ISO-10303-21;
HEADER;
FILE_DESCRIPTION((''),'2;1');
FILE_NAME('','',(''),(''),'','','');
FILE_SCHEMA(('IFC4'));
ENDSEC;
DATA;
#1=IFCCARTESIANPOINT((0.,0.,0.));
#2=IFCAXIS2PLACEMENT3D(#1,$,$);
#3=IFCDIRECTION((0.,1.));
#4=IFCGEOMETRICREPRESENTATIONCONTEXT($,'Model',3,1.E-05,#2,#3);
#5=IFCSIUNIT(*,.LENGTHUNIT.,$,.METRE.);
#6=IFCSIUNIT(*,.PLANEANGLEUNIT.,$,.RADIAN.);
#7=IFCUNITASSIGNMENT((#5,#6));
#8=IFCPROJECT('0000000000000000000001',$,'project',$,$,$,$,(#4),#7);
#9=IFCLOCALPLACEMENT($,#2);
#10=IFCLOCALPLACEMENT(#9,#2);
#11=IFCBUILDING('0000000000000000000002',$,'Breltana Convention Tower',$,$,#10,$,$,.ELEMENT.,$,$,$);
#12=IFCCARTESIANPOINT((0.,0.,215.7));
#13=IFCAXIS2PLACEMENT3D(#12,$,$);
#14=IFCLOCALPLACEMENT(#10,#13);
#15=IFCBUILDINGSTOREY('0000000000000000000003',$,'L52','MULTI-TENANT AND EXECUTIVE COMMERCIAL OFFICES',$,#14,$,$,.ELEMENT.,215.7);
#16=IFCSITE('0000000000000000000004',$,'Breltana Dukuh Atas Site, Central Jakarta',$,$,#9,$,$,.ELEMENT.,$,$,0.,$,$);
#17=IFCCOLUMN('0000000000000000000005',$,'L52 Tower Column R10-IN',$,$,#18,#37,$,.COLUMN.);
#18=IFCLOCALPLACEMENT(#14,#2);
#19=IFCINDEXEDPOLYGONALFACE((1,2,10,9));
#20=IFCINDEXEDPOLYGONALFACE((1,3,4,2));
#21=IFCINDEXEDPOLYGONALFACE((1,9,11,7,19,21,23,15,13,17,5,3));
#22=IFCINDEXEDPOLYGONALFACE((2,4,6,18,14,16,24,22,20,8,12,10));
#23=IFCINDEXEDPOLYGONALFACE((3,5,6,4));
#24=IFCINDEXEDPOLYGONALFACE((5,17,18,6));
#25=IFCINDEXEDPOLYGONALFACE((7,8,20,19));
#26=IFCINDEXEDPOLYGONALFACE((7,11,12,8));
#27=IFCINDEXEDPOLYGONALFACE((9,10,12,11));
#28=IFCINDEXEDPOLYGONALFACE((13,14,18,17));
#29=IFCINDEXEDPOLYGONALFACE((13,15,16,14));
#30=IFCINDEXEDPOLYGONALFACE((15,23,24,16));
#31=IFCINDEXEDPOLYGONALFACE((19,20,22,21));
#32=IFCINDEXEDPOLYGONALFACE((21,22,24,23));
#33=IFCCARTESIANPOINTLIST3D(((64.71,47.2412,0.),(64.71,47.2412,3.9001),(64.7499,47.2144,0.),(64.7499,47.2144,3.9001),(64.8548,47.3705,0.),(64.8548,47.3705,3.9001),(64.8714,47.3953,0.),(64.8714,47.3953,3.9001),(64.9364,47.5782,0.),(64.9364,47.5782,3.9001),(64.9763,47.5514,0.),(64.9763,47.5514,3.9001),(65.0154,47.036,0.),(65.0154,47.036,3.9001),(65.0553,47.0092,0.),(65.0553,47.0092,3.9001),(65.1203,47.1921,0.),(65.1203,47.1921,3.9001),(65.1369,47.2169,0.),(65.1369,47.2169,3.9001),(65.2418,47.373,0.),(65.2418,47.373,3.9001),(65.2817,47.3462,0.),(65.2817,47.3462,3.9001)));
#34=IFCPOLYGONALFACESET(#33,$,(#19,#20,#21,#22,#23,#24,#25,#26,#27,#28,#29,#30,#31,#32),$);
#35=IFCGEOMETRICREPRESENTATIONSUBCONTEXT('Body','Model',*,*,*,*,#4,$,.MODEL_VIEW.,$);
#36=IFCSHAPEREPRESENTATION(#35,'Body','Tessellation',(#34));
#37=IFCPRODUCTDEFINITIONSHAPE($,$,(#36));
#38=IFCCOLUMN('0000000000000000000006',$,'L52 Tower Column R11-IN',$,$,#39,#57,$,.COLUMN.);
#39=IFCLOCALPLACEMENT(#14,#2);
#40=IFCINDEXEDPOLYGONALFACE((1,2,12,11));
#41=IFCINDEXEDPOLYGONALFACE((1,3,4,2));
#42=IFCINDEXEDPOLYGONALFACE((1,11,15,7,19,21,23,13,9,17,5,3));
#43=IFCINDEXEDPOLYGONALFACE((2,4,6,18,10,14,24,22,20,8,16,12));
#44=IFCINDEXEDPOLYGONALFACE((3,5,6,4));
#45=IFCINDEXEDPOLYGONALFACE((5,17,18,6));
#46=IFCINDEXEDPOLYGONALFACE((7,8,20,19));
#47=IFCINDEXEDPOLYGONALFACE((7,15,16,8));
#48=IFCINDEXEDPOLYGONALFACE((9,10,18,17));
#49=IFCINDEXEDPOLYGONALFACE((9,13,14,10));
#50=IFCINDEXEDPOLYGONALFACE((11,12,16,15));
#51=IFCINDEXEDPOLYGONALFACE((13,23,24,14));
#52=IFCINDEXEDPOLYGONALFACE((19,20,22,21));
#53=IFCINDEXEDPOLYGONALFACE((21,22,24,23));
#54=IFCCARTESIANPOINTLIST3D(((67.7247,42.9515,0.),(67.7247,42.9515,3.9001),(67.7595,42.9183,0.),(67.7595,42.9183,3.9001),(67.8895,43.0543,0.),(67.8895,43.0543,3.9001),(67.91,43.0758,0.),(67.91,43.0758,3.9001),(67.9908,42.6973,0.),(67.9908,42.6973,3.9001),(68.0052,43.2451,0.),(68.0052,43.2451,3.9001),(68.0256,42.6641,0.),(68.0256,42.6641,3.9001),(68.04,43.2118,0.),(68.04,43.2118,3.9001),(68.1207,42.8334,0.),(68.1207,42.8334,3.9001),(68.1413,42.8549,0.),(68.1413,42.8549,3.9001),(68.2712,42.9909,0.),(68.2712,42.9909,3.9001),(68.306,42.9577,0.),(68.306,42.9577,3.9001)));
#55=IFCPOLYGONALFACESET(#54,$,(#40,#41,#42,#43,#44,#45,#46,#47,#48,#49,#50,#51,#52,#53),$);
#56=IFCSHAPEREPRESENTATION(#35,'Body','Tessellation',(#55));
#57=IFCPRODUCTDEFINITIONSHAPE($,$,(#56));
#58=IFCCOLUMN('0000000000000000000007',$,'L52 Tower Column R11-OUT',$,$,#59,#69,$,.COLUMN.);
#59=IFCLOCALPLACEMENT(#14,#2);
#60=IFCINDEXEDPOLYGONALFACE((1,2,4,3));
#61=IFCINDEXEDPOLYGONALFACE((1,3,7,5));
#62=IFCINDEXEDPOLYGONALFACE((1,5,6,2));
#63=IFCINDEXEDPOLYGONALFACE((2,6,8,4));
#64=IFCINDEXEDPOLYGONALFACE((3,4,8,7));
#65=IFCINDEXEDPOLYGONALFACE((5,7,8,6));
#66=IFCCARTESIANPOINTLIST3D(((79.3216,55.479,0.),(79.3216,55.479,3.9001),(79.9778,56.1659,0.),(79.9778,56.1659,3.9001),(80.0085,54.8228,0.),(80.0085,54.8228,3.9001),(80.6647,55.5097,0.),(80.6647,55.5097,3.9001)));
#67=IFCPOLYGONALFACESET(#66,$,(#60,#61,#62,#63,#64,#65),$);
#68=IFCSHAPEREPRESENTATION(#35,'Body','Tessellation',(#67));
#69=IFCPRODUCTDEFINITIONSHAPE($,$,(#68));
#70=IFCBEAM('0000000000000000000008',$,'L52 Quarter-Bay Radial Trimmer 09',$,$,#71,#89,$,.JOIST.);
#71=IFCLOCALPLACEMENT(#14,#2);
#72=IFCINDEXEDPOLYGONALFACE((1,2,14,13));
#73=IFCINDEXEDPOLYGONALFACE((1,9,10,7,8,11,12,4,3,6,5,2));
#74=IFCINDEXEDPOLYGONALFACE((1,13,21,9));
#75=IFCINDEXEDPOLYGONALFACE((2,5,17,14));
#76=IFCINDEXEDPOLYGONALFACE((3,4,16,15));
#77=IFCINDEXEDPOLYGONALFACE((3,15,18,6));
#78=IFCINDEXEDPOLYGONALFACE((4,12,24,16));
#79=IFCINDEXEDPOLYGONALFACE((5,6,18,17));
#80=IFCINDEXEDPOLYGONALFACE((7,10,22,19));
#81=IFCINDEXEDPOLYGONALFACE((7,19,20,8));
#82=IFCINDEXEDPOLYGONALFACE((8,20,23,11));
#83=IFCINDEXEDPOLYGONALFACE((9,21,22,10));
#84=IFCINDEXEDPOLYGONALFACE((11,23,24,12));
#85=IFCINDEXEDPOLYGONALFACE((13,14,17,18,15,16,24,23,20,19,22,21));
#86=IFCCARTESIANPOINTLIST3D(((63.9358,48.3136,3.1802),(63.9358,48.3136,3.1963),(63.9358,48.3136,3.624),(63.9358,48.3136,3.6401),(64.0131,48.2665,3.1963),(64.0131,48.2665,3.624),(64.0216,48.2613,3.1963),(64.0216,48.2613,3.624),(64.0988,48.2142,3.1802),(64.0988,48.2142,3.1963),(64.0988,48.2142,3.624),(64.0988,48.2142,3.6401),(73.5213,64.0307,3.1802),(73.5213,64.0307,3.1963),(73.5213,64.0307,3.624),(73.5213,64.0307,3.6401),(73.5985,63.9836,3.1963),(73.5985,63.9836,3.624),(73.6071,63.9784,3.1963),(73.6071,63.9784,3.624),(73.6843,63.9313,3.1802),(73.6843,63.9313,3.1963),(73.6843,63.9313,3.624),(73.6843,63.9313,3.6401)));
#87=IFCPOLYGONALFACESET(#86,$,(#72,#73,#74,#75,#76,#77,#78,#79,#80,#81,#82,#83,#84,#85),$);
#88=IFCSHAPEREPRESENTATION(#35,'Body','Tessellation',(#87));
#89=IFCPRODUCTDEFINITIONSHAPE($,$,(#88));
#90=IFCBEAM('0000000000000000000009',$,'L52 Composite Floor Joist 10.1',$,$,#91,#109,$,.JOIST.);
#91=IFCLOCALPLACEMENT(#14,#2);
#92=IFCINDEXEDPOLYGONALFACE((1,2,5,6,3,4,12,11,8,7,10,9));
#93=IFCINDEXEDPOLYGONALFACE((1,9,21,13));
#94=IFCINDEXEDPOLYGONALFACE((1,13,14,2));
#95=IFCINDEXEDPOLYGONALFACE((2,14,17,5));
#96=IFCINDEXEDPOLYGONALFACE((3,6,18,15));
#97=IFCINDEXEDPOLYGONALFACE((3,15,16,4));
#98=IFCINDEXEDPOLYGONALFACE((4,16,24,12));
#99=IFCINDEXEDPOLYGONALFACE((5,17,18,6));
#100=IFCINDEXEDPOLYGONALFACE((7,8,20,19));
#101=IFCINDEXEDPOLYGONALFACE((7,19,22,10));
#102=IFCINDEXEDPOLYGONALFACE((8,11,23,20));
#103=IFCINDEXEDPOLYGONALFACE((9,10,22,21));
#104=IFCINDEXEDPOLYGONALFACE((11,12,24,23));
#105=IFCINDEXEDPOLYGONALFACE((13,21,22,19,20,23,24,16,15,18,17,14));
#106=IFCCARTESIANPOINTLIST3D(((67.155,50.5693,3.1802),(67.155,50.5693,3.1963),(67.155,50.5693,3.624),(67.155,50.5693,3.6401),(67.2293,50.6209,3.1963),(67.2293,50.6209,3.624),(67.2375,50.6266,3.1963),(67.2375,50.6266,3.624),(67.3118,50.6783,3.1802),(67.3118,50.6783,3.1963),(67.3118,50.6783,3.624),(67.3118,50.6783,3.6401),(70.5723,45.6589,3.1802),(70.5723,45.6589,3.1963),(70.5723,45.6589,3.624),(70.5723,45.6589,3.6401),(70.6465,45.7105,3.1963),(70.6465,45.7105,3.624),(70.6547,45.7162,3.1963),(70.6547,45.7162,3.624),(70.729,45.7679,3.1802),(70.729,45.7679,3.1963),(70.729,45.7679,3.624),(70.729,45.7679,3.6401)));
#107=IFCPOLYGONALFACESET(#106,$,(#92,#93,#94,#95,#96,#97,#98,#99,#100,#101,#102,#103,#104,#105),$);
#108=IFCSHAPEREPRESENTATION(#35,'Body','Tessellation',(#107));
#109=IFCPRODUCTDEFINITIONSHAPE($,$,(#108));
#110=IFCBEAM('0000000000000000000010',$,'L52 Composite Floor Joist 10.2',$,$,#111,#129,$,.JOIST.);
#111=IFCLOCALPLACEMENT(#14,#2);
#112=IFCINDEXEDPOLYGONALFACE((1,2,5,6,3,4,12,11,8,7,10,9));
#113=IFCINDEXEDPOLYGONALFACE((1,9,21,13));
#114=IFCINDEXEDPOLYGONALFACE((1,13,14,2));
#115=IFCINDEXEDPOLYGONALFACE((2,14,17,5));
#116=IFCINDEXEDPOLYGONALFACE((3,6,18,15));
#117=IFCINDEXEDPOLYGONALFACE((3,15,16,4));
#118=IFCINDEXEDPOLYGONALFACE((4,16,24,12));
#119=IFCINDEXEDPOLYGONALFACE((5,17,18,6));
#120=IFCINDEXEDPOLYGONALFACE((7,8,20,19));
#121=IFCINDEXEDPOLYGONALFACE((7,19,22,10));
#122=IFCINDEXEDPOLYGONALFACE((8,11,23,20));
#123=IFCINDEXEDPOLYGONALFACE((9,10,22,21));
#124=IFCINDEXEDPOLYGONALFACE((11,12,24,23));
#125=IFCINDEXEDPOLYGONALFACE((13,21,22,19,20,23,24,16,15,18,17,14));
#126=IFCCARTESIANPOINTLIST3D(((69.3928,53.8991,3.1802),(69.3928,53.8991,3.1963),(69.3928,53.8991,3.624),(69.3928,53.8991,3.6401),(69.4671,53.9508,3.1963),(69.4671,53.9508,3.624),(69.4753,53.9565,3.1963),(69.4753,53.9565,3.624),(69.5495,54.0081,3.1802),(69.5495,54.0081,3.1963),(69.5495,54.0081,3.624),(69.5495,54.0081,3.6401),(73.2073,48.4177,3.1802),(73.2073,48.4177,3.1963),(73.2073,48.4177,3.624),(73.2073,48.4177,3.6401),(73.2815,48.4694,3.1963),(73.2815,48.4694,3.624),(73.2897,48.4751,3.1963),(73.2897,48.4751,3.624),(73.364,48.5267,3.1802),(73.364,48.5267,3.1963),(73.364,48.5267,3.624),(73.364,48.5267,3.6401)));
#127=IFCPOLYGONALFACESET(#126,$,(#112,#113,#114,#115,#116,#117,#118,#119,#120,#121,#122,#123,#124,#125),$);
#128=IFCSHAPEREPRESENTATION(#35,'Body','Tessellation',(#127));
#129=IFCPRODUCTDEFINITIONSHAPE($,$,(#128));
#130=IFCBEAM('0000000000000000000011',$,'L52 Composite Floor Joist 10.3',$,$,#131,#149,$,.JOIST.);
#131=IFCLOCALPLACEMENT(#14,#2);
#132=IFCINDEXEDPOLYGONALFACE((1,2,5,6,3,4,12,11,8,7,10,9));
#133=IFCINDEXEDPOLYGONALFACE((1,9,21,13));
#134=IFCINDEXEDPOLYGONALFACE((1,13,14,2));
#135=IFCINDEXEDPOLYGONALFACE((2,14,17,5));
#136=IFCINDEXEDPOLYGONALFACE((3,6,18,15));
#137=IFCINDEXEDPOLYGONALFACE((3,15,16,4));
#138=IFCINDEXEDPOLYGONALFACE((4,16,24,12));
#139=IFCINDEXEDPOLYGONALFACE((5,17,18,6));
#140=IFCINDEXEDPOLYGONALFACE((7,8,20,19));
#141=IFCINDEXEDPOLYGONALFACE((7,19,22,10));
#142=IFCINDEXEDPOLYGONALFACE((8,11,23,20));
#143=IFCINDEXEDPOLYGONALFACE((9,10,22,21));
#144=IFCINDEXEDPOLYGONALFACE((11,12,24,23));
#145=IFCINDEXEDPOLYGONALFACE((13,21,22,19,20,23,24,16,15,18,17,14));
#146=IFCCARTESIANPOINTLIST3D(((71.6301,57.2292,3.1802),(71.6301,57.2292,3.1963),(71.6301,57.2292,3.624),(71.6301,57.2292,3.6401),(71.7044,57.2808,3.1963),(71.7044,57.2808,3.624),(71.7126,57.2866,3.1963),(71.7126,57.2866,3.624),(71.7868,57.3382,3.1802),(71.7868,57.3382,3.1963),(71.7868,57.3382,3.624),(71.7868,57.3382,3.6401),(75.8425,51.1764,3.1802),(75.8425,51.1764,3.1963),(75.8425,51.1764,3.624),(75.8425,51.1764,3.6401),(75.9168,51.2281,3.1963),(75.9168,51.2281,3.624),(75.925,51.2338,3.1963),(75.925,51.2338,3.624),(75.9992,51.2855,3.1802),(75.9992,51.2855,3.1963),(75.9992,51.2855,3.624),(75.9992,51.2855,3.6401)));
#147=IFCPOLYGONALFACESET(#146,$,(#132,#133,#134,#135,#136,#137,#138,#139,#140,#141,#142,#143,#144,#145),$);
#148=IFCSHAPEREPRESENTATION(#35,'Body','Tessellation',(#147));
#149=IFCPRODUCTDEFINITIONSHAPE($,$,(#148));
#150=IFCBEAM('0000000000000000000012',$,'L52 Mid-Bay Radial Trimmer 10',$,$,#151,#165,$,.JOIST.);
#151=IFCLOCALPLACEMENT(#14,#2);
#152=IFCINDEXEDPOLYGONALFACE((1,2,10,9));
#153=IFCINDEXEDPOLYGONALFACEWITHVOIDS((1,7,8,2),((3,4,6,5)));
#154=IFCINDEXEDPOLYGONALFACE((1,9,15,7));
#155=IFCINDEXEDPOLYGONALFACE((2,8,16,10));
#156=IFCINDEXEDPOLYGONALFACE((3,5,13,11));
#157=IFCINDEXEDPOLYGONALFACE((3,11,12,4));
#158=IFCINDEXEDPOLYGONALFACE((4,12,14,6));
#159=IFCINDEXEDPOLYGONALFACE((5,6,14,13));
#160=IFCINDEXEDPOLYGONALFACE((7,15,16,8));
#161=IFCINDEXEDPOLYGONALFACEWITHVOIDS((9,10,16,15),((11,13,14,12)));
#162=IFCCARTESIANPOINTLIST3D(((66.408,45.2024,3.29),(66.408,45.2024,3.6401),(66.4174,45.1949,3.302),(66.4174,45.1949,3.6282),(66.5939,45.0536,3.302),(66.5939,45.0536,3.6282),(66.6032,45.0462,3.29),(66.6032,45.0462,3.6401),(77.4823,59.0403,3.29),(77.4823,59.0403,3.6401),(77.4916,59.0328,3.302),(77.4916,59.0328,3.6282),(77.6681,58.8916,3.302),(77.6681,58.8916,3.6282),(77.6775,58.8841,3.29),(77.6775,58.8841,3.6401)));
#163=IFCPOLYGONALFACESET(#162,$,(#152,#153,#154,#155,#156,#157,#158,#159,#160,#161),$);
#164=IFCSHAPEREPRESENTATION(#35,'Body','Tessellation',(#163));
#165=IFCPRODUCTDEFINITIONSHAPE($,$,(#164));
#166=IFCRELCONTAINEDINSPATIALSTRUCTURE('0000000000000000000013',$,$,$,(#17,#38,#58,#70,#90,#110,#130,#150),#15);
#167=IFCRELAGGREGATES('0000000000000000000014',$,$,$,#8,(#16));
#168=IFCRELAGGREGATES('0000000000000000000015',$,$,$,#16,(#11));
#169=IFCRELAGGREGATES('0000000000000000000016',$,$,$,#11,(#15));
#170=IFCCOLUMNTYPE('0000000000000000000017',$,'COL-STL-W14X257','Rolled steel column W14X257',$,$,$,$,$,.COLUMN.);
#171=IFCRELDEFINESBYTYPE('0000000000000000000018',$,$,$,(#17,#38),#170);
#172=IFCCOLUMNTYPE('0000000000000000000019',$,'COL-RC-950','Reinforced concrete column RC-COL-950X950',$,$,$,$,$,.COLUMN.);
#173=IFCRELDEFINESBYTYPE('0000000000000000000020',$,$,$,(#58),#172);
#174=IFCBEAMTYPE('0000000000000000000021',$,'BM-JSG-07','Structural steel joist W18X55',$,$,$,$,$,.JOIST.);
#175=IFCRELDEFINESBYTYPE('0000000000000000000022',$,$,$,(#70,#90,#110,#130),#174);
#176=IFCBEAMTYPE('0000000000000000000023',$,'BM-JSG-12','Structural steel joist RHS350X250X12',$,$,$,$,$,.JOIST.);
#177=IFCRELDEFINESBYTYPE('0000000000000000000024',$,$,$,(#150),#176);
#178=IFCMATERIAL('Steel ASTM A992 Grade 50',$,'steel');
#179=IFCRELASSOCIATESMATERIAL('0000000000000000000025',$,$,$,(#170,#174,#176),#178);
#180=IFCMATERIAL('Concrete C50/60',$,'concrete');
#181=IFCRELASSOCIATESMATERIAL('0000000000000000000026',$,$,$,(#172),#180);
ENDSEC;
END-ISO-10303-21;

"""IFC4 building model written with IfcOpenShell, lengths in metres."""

from ifc_helpers import new_model, si_unit, direction, frame, origin, origin_2d, place, context, subcontext, project, spatial, rectangle, hollow_rectangle, i_section, extrude, source, transform, mapped, material, material_profile, profile_set, type_object, element, save


model = new_model("IFC4")

# Units and contexts
model_context = context("Model", 3, precision=1e-05, world=origin(), true_north=direction((0.0, 1.0)))
body_context = subcontext(model_context, "Body", "Model", "MODEL_VIEW")
ifc_project = project(units=[si_unit("LENGTHUNIT", "METRE"), si_unit("PLANEANGLEUNIT", "RADIAN")], contexts=[model_context])

# Site, building, storey
site_placement = place(None, origin())
site = spatial("IfcSite", under=ifc_project, at=site_placement, Name="Breltana Dukuh Atas Site, Central Jakarta", CompositionType="ELEMENT", RefElevation=0.0)
building_placement = place(site_placement, origin())
building = spatial("IfcBuilding", under=site, at=building_placement, Name="Breltana Convention Tower", CompositionType="ELEMENT")
storey_placement = place(building_placement, frame((0.0, 0.0, 215.7)))
storey = spatial("IfcBuildingStorey", under=building, at=storey_placement, Name="L52", Description="MULTI-TENANT AND EXECUTIVE COMMERCIAL OFFICES", CompositionType="ELEMENT", Elevation=215.7)

# Columns
ifc_material_1 = material(Name="Steel ASTM A992 Grade 50", Category="steel")
ifc_material_profile_1 = material_profile(ifc_material_1, i_section(OverallWidth=0.406, OverallDepth=0.416, WebThickness=0.0298, FlangeThickness=0.0481, at=origin_2d()), Name="W14X257")
ifc_profile_set_1 = profile_set([ifc_material_profile_1], Name="Steel ASTM A992 Grade 50")
column_type_1 = type_object("IfcColumnType", Name="COL-STL-W14X257", Description="Rolled steel column W14X257", PredefinedType="COLUMN", material=ifc_profile_set_1)
shared_shape_1 = source(origin(), body_context, "Body", "SweptSolid", [
    extrude(i_section(OverallWidth=0.406, OverallDepth=0.416, WebThickness=0.0298, FlangeThickness=0.0481, at=origin_2d()), origin(), (0.0, 0.0, 1.0), 3.9001),
])
for number, where, z_axis, x_axis, name in (
    (1, (64.9958, 47.2937, 0.0), (0.0, 0.0, 1.0), (0.557745, 0.830012, 0.0), "L52 Tower Column R10-IN"),
    (2, (68.0154, 42.9546, 0.0), (0.0, 0.0, 1.0), (0.690756, 0.723088, 0.0), "L52 Tower Column R11-IN"),
):
    element("IfcColumn", number, at=place(storey_placement, frame(where, z_axis=z_axis, x_axis=x_axis)), inside=storey, type_object=column_type_1, Name=name, PredefinedType="COLUMN", context=body_context, shape_type="MappedRepresentation", body=[
        mapped(shared_shape_1, transform((0.0, 0.0, 0.0), scale=1.0)),
    ])
ifc_material_2 = material(Name="Concrete C50/60", Category="concrete")
ifc_material_profile_2 = material_profile(ifc_material_2, rectangle(XDim=0.95, YDim=0.95, at=origin_2d()), Name="RC-COL-950X950")
ifc_profile_set_2 = profile_set([ifc_material_profile_2], Name="Concrete C50/60")
column_type_2 = type_object("IfcColumnType", Name="COL-RC-950", Description="Reinforced concrete column RC-COL-950X950", PredefinedType="COLUMN", material=ifc_profile_set_2)
shared_shape_2 = source(origin(), body_context, "Body", "SweptSolid", [
    extrude(rectangle(XDim=0.95, YDim=0.95, at=origin_2d()), origin(), (0.0, 0.0, 1.0), 3.9001),
])
column_placement = place(storey_placement, frame((79.9932, 55.4944, 0.0), z_axis=(0.0, 0.0, 1.0), x_axis=(0.690756, 0.723088, 0.0)))
element("IfcColumn", 3, at=column_placement, inside=storey, type_object=column_type_2, Name="L52 Tower Column R11-OUT", PredefinedType="COLUMN", context=body_context, shape_type="MappedRepresentation", body=[
    mapped(shared_shape_2, transform((0.0, 0.0, 0.0), scale=1.0)),
])

# Beams
ifc_material_profile_3 = material_profile(ifc_material_1, i_section(OverallWidth=0.1909, OverallDepth=0.46, WebThickness=0.01, FlangeThickness=0.0161, at=origin_2d()), Name="W18X55")
ifc_profile_set_3 = profile_set([ifc_material_profile_3], Name="Steel ASTM A992 Grade 50")
beam_type_1 = type_object("IfcBeamType", Name="BM-JSG-07", Description="Structural steel joist W18X55", PredefinedType="JOIST", material=ifc_profile_set_3)
shared_shape_3 = source(origin(), body_context, "Body", "SweptSolid", [
    extrude(i_section(OverallWidth=0.1909, OverallDepth=0.46, WebThickness=0.01, FlangeThickness=0.0161, at=origin_2d()), origin(), (0.0, 0.0, 1.0), 18.4094),
])
beam_1_placement = place(storey_placement, frame((64.0173, 48.2639, 3.4102), z_axis=(0.520682, 0.853751, 0.0), x_axis=(-0.853751, 0.520682, 0.0)))
element("IfcBeam", 4, at=beam_1_placement, inside=storey, type_object=beam_type_1, Name="L52 Quarter-Bay Radial Trimmer 09", PredefinedType="JOIST", context=body_context, shape_type="MappedRepresentation", body=[
    mapped(shared_shape_3, transform((0.0, 0.0, 0.0), scale=1.0)),
])
shared_shape_4 = source(origin(), body_context, "Body", "SweptSolid", [
    extrude(i_section(OverallWidth=0.1909, OverallDepth=0.46, WebThickness=0.01, FlangeThickness=0.0161, at=origin_2d()), origin(), (0.0, 0.0, 1.0), 5.9824),
])
beam_2_placement = place(storey_placement, frame((67.2334, 50.6238, 3.4102), z_axis=(0.571212, -0.820803, 0.0), x_axis=(0.820803, 0.571212, 0.0)))
element("IfcBeam", 5, at=beam_2_placement, inside=storey, type_object=beam_type_1, Name="L52 Composite Floor Joist 10.1", PredefinedType="JOIST", context=body_context, shape_type="MappedRepresentation", body=[
    mapped(shared_shape_4, transform((0.0, 0.0, 0.0), scale=1.0)),
])
shared_shape_5 = source(origin(), body_context, "Body", "SweptSolid", [
    extrude(i_section(OverallWidth=0.1909, OverallDepth=0.46, WebThickness=0.01, FlangeThickness=0.0161, at=origin_2d()), origin(), (0.0, 0.0, 1.0), 6.678),
])
beam_3_placement = place(storey_placement, frame((69.4712, 53.9536, 3.4102), z_axis=(0.571193, -0.820816, 0.0), x_axis=(0.820816, 0.571193, 0.0)))
element("IfcBeam", 6, at=beam_3_placement, inside=storey, type_object=beam_type_1, Name="L52 Composite Floor Joist 10.2", PredefinedType="JOIST", context=body_context, shape_type="MappedRepresentation", body=[
    mapped(shared_shape_5, transform((0.0, 0.0, 0.0), scale=1.0)),
])
shared_shape_6 = source(origin(), body_context, "Body", "SweptSolid", [
    extrude(i_section(OverallWidth=0.1909, OverallDepth=0.46, WebThickness=0.01, FlangeThickness=0.0161, at=origin_2d()), origin(), (0.0, 0.0, 1.0), 7.3743),
])
beam_4_placement = place(storey_placement, frame((71.7085, 57.2837, 3.4102), z_axis=(0.571229, -0.82079, 0.0), x_axis=(0.82079, 0.571229, 0.0)))
element("IfcBeam", 7, at=beam_4_placement, inside=storey, type_object=beam_type_1, Name="L52 Composite Floor Joist 10.3", PredefinedType="JOIST", context=body_context, shape_type="MappedRepresentation", body=[
    mapped(shared_shape_6, transform((0.0, 0.0, 0.0), scale=1.0)),
])
ifc_material_profile_4 = material_profile(ifc_material_1, hollow_rectangle(XDim=0.25, YDim=0.3501, WallThickness=0.012, at=origin_2d()), Name="RHS350X250X12")
ifc_profile_set_4 = profile_set([ifc_material_profile_4], Name="Steel ASTM A992 Grade 50")
beam_type_2 = type_object("IfcBeamType", Name="BM-JSG-12", Description="Structural steel joist RHS350X250X12", PredefinedType="JOIST", material=ifc_profile_set_4)
shared_shape_7 = source(origin(), body_context, "Body", "SweptSolid", [
    extrude(hollow_rectangle(XDim=0.25, YDim=0.3501, WallThickness=0.012, at=origin_2d()), origin(), (0.0, 0.0, 1.0), 17.7236),
])
beam_5_placement = place(storey_placement, frame((66.5056, 45.1243, 3.4651), z_axis=(0.624829, 0.780761, 0.0), x_axis=(-0.780761, 0.624829, 0.0)))
element("IfcBeam", 8, at=beam_5_placement, inside=storey, type_object=beam_type_2, Name="L52 Mid-Bay Radial Trimmer 10", PredefinedType="JOIST", context=body_context, shape_type="MappedRepresentation", body=[
    mapped(shared_shape_7, transform((0.0, 0.0, 0.0), scale=1.0)),
])

save(model, "model.ifc")
